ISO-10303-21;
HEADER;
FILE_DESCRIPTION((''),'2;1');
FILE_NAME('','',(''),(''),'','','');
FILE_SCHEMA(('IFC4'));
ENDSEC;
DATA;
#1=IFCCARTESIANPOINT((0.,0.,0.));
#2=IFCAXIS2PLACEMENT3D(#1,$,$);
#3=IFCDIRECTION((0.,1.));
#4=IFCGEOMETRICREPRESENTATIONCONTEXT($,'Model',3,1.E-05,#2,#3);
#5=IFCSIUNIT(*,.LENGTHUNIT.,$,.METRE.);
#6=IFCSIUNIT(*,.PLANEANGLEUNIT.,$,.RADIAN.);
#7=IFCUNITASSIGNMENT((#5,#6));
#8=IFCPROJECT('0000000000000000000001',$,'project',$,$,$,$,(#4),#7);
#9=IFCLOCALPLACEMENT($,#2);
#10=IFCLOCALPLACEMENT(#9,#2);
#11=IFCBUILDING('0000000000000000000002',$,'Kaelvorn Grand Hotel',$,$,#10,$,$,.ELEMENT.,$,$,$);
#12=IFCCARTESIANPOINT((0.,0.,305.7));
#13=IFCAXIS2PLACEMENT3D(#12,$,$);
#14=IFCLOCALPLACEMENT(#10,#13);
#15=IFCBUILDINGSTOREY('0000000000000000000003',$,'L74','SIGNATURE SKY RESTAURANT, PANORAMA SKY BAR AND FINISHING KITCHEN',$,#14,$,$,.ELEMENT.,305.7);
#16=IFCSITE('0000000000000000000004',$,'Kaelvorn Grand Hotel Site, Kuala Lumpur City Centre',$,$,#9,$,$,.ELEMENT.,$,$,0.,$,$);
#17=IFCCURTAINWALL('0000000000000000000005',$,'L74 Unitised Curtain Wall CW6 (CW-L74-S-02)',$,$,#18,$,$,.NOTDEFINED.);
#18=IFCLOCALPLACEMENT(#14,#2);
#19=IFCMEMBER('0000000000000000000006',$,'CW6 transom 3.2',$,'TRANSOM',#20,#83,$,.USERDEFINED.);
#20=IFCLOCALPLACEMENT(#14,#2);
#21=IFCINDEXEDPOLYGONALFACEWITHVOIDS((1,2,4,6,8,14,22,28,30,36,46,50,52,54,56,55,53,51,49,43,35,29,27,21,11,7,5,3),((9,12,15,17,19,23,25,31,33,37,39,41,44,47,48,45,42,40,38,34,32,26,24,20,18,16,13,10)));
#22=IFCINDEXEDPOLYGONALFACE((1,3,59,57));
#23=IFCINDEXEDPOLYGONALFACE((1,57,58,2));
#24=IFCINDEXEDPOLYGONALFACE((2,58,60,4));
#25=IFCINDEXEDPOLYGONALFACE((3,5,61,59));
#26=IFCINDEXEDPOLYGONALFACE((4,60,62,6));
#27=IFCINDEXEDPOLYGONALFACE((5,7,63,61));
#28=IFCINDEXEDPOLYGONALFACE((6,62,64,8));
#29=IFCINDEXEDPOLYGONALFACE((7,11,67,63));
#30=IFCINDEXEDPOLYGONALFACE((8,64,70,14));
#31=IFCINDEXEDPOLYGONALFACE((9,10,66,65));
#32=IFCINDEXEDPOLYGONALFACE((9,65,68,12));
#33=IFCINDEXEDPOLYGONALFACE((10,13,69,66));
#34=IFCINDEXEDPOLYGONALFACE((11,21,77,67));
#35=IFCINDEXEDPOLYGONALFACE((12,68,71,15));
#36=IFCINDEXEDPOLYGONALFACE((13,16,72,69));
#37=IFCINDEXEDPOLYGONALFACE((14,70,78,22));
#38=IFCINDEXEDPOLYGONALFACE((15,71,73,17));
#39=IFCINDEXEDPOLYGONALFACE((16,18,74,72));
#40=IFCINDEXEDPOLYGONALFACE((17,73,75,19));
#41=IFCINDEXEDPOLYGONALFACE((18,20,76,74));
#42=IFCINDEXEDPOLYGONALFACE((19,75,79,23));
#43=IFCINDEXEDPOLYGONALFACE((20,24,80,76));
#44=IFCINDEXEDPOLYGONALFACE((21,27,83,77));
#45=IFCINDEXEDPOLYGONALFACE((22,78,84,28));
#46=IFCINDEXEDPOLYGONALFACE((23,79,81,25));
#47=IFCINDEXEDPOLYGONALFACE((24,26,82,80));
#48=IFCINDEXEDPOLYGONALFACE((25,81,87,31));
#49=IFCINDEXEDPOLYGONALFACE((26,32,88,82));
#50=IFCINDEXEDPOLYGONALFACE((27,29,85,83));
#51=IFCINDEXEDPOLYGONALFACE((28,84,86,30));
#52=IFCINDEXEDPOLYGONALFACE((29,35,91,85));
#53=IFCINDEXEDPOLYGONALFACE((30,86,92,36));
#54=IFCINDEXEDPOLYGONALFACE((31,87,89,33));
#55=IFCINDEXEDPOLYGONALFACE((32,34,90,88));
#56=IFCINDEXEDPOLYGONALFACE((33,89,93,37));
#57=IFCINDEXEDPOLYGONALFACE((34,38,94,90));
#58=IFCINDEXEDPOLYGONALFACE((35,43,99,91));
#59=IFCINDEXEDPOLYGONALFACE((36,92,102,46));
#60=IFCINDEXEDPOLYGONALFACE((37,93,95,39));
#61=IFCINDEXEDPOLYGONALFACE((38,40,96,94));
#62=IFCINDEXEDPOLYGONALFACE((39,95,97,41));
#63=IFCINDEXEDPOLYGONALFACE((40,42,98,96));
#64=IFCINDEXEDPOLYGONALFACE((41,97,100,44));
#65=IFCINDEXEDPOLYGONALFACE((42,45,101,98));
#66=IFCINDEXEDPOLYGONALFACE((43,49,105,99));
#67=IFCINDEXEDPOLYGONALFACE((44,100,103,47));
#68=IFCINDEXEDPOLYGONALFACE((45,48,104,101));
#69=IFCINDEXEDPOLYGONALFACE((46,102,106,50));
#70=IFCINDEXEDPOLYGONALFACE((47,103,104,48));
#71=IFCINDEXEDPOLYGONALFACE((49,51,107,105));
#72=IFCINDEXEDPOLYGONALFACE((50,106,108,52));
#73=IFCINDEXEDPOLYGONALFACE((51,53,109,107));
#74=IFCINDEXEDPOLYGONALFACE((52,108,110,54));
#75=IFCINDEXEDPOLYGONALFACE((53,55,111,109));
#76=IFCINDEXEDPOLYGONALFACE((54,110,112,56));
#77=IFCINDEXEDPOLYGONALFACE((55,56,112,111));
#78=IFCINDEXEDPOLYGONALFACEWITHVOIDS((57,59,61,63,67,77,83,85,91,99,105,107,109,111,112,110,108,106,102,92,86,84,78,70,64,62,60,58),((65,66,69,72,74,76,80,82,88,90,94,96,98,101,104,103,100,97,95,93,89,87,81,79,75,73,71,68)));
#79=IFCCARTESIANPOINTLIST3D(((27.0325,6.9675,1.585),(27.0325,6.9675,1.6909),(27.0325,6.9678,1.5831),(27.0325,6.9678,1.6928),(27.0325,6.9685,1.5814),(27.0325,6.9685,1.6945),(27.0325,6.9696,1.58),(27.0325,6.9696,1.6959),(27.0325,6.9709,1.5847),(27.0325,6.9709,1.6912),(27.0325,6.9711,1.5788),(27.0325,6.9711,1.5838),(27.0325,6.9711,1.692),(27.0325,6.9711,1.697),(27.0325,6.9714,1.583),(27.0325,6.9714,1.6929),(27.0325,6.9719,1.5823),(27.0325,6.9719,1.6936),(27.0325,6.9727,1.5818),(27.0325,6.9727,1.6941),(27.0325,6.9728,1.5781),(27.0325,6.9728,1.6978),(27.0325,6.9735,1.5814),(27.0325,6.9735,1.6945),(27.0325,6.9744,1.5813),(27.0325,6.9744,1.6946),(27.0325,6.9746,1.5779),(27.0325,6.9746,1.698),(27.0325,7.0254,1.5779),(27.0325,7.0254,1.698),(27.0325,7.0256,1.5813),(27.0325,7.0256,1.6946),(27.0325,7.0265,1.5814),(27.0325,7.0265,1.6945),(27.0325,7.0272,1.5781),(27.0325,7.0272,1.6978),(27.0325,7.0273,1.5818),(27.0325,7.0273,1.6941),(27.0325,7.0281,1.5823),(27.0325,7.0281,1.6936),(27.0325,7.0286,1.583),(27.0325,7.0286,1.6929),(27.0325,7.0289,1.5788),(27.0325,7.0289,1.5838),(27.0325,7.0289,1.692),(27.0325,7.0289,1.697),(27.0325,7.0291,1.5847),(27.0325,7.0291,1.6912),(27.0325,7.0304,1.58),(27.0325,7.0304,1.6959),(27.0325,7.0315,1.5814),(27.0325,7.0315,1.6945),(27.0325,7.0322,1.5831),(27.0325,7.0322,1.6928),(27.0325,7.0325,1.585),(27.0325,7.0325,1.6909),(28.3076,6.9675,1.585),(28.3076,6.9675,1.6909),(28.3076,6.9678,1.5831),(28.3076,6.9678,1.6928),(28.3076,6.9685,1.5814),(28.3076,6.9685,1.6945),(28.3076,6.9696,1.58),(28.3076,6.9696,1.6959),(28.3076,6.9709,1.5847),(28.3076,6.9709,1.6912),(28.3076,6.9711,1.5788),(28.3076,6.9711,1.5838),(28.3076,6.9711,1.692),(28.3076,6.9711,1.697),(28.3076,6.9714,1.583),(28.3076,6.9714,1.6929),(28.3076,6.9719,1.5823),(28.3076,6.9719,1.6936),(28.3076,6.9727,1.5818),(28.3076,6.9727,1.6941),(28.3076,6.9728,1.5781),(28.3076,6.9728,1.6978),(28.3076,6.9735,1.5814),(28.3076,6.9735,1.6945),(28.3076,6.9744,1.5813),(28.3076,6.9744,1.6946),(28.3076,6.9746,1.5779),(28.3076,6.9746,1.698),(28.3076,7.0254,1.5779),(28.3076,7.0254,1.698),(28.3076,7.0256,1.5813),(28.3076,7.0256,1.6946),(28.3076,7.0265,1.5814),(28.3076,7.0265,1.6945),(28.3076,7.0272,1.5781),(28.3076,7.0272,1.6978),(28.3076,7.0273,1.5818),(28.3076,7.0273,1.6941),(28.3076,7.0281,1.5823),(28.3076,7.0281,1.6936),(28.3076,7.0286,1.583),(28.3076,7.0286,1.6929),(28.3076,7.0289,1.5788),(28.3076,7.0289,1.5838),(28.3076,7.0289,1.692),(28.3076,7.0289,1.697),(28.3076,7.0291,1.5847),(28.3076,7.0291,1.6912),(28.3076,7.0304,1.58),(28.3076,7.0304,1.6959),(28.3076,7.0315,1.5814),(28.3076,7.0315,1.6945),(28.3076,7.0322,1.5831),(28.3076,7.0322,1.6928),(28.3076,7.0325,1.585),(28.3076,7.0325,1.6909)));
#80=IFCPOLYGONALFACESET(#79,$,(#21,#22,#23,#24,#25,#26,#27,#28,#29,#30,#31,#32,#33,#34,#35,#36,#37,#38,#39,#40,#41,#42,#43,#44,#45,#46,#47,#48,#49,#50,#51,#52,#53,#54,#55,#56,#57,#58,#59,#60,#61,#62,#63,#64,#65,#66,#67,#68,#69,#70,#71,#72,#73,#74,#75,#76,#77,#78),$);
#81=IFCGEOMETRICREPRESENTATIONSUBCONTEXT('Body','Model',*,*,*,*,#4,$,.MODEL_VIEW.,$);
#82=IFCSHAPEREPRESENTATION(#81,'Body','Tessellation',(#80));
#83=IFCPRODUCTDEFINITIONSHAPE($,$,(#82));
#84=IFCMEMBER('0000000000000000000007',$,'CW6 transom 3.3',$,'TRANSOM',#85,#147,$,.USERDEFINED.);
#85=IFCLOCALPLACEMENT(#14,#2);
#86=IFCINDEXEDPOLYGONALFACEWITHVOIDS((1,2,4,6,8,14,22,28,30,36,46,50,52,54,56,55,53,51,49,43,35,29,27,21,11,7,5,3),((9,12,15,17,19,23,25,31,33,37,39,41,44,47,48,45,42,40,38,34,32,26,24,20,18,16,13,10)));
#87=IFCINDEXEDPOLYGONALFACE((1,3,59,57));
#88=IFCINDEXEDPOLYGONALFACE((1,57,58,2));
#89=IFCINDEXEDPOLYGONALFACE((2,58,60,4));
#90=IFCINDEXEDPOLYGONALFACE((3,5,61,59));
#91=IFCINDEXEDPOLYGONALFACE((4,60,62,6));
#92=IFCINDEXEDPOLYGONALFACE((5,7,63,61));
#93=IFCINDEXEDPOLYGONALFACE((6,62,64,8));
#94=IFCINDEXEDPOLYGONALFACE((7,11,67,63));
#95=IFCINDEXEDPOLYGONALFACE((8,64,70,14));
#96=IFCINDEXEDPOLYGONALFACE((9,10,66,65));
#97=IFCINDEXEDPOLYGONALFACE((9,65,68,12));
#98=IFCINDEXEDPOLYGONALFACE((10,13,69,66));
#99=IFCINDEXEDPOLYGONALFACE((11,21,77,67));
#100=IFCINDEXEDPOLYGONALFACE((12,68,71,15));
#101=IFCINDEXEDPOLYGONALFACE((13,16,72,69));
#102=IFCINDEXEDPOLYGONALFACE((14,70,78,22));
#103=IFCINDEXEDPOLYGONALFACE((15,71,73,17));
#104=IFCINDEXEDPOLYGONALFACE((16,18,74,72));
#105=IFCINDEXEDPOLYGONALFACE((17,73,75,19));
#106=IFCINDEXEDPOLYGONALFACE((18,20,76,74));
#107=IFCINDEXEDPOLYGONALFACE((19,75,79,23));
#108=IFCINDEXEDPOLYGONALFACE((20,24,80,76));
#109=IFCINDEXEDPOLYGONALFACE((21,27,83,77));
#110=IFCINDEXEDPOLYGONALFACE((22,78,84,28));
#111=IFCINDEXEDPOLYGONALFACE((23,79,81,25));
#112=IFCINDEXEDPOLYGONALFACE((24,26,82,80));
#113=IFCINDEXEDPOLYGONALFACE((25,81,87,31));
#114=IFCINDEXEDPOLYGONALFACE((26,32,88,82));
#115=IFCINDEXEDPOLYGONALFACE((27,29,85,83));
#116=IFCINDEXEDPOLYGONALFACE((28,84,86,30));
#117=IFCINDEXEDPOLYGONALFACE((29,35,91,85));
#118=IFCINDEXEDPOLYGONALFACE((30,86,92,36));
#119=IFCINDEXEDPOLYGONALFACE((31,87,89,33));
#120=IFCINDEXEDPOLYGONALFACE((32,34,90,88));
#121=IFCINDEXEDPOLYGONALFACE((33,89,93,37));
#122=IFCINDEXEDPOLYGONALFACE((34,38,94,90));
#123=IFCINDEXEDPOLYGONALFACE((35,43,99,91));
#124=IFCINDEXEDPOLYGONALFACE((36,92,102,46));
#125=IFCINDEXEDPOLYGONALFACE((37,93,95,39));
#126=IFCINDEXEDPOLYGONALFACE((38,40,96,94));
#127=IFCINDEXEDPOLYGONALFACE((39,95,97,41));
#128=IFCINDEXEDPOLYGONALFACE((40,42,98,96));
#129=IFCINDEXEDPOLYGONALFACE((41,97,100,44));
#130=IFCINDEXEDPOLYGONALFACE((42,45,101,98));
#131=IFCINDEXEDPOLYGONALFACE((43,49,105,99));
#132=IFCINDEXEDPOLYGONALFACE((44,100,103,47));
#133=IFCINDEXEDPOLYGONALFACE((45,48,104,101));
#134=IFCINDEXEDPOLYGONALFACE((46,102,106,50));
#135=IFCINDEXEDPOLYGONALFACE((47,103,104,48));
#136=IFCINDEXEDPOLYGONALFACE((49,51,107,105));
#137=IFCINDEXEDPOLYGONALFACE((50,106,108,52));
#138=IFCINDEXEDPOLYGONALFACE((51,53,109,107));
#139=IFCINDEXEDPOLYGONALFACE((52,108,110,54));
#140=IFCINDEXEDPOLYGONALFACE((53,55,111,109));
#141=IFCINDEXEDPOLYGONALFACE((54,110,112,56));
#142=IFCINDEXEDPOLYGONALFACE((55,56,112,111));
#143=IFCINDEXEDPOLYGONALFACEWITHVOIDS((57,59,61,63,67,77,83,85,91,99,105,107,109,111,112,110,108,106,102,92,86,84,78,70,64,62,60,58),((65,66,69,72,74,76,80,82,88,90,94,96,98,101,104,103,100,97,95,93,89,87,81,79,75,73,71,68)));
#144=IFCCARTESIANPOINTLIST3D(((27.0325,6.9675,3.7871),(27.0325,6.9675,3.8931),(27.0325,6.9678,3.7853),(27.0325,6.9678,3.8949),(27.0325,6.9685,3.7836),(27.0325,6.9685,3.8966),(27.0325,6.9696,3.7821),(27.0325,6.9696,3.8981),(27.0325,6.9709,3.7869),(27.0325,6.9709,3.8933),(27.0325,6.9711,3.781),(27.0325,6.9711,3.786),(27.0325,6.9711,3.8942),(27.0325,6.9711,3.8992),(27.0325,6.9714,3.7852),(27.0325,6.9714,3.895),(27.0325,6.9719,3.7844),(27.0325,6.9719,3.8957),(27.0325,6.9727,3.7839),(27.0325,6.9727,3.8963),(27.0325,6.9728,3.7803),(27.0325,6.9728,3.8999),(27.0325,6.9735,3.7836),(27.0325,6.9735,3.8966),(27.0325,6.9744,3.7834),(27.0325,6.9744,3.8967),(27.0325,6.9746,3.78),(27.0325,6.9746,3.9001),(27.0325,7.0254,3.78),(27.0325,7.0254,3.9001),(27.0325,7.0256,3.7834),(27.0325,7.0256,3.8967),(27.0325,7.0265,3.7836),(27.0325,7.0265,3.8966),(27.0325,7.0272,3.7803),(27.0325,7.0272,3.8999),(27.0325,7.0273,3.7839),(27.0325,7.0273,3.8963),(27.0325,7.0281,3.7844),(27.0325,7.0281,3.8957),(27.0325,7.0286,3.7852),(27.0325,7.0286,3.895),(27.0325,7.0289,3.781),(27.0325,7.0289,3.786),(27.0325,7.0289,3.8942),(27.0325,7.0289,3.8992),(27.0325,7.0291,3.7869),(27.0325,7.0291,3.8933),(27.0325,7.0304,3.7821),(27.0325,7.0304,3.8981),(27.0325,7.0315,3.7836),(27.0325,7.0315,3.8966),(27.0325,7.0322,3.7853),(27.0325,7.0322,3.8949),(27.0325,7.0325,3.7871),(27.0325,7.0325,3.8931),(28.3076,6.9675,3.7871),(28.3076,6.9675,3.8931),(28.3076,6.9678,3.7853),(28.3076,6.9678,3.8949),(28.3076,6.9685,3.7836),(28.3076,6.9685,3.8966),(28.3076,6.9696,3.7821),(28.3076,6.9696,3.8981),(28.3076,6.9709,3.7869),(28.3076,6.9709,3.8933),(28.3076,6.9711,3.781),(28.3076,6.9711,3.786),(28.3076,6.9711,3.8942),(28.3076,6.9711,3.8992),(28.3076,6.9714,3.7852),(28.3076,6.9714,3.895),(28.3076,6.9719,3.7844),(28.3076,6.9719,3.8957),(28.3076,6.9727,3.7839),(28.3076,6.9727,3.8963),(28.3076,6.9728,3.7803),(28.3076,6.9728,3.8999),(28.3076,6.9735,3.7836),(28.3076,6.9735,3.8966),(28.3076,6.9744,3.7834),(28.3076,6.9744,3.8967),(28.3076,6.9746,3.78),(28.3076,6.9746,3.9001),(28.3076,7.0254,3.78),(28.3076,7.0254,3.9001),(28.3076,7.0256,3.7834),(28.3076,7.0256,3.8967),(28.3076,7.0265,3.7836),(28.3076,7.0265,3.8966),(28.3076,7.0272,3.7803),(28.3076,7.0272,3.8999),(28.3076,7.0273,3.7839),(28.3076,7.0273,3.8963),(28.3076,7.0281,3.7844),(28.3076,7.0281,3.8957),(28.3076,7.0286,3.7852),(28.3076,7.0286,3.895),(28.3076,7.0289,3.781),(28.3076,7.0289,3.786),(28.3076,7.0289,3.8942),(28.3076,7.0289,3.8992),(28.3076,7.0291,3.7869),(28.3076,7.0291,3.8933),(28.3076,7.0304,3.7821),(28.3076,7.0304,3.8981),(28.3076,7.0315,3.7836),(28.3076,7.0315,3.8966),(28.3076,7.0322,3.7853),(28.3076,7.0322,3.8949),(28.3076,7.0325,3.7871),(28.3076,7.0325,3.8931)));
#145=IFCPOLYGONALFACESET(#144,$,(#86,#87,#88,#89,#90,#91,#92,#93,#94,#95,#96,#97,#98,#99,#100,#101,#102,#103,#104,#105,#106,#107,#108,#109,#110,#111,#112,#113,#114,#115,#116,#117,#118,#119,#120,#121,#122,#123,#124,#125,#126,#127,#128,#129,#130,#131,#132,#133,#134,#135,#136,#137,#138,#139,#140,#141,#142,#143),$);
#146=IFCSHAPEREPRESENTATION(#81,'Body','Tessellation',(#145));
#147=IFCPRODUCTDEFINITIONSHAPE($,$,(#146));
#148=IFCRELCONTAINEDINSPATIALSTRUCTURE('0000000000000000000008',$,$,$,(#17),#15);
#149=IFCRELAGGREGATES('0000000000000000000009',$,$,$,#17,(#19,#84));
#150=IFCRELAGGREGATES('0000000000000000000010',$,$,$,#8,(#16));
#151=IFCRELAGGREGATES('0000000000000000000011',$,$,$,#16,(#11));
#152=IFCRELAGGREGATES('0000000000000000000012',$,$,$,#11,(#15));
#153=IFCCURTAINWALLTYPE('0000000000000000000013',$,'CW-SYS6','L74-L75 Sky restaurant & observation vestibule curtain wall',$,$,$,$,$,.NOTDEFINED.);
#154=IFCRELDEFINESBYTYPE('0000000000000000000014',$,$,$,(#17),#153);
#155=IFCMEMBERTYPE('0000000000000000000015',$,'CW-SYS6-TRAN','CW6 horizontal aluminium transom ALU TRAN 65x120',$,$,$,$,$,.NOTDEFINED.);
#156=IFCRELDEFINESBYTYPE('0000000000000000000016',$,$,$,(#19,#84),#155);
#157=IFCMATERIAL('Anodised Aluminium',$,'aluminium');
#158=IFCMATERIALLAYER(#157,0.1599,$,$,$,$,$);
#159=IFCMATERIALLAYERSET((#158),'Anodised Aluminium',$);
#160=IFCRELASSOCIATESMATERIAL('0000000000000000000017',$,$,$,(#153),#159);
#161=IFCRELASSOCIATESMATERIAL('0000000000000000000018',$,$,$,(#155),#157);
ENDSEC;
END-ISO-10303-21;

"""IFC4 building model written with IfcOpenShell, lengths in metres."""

from ifc_helpers import new_model, si_unit, direction, frame, origin, origin_2d, place, context, subcontext, project, spatial, hollow_rectangle, extrude, material, layer, layer_set, material_profile, profile_set, type_object, element, aggregate, save


model = new_model("IFC4")

# Units and contexts
model_context = context("Model", 3, precision=1e-05, world=origin(), true_north=direction((0.0, 1.0)))
body_context = subcontext(model_context, "Body", "Model", "MODEL_VIEW")
ifc_project = project(units=[si_unit("LENGTHUNIT", "METRE"), si_unit("PLANEANGLEUNIT", "RADIAN")], contexts=[model_context])

# Site, building, storey
site_placement = place(None, origin())
site = spatial("IfcSite", under=ifc_project, at=site_placement, Name="Kaelvorn Grand Hotel Site, Kuala Lumpur City Centre", CompositionType="ELEMENT", RefElevation=0.0)
building_placement = place(site_placement, origin())
building = spatial("IfcBuilding", under=site, at=building_placement, Name="Kaelvorn Grand Hotel", CompositionType="ELEMENT")
storey_placement = place(building_placement, frame((0.0, 0.0, 305.7)))
storey = spatial("IfcBuildingStorey", under=building, at=storey_placement, Name="L74", Description="SIGNATURE SKY RESTAURANT, PANORAMA SKY BAR AND FINISHING KITCHEN", CompositionType="ELEMENT", Elevation=305.7)

# Curtain wall
ifc_material_1 = material(Name="Anodised Aluminium", Category="aluminium")
ifc_layer_1 = layer(ifc_material_1, 0.1599)
ifc_layer_set_1 = layer_set([ifc_layer_1], Name="Anodised Aluminium")
curtain_wall_type = type_object("IfcCurtainWallType", Name="CW-SYS6", Description="L74-L75 Sky restaurant & observation vestibule curtain wall", PredefinedType="NOTDEFINED", material=ifc_layer_set_1)
curtain_wall_1_placement = place(storey_placement, origin())
curtain_wall_1 = element("IfcCurtainWall", 1, at=curtain_wall_1_placement, inside=storey, type_object=curtain_wall_type, Name="L74 Unitised Curtain Wall CW6 (CW-L74-S-02)", PredefinedType="NOTDEFINED")

# Members
ifc_material_profile_1 = material_profile(ifc_material_1, hollow_rectangle(XDim=0.0649, YDim=0.1201, WallThickness=0.0034, InnerFilletRadius=0.0034, OuterFilletRadius=0.0071, at=origin_2d()), Name="ALU TRAN 65x120")
ifc_profile_set_1 = profile_set([ifc_material_profile_1], Name="Anodised Aluminium")
member_type_1 = type_object("IfcMemberType", Name="CW-SYS6-TRAN", Description="CW6 horizontal aluminium transom ALU TRAN 65x120", PredefinedType="NOTDEFINED", material=ifc_profile_set_1)
member_1_placement = place(storey_placement, frame((27.0325, 7.0, 1.6379), z_axis=(1.0, 0.0, 0.0), x_axis=(0.0, 1.0, 0.0)))
member_1 = element("IfcMember", 2, at=member_1_placement, type_object=member_type_1, Name="CW6 transom 3.2", ObjectType="TRANSOM", PredefinedType="USERDEFINED", context=body_context, shape_type="SweptSolid", body=[
    extrude(hollow_rectangle(XDim=0.0649, YDim=0.1201, WallThickness=0.0034, InnerFilletRadius=0.0034, OuterFilletRadius=0.0071, at=origin_2d()), origin(), (0.0, 0.0, 1.0), 1.2751),
])
member_2_placement = place(storey_placement, frame((27.0325, 7.0, 3.8401), z_axis=(1.0, 0.0, 0.0), x_axis=(0.0, 1.0, 0.0)))
member_2 = element("IfcMember", 3, at=member_2_placement, type_object=member_type_1, Name="CW6 transom 3.3", ObjectType="TRANSOM", PredefinedType="USERDEFINED", context=body_context, shape_type="SweptSolid", body=[
    extrude(hollow_rectangle(XDim=0.0649, YDim=0.1201, WallThickness=0.0034, InnerFilletRadius=0.0034, OuterFilletRadius=0.0071, at=origin_2d()), origin(), (0.0, 0.0, 1.0), 1.2751),
])

aggregate(curtain_wall_1, [member_1, member_2])

save(model, "model.ifc")
